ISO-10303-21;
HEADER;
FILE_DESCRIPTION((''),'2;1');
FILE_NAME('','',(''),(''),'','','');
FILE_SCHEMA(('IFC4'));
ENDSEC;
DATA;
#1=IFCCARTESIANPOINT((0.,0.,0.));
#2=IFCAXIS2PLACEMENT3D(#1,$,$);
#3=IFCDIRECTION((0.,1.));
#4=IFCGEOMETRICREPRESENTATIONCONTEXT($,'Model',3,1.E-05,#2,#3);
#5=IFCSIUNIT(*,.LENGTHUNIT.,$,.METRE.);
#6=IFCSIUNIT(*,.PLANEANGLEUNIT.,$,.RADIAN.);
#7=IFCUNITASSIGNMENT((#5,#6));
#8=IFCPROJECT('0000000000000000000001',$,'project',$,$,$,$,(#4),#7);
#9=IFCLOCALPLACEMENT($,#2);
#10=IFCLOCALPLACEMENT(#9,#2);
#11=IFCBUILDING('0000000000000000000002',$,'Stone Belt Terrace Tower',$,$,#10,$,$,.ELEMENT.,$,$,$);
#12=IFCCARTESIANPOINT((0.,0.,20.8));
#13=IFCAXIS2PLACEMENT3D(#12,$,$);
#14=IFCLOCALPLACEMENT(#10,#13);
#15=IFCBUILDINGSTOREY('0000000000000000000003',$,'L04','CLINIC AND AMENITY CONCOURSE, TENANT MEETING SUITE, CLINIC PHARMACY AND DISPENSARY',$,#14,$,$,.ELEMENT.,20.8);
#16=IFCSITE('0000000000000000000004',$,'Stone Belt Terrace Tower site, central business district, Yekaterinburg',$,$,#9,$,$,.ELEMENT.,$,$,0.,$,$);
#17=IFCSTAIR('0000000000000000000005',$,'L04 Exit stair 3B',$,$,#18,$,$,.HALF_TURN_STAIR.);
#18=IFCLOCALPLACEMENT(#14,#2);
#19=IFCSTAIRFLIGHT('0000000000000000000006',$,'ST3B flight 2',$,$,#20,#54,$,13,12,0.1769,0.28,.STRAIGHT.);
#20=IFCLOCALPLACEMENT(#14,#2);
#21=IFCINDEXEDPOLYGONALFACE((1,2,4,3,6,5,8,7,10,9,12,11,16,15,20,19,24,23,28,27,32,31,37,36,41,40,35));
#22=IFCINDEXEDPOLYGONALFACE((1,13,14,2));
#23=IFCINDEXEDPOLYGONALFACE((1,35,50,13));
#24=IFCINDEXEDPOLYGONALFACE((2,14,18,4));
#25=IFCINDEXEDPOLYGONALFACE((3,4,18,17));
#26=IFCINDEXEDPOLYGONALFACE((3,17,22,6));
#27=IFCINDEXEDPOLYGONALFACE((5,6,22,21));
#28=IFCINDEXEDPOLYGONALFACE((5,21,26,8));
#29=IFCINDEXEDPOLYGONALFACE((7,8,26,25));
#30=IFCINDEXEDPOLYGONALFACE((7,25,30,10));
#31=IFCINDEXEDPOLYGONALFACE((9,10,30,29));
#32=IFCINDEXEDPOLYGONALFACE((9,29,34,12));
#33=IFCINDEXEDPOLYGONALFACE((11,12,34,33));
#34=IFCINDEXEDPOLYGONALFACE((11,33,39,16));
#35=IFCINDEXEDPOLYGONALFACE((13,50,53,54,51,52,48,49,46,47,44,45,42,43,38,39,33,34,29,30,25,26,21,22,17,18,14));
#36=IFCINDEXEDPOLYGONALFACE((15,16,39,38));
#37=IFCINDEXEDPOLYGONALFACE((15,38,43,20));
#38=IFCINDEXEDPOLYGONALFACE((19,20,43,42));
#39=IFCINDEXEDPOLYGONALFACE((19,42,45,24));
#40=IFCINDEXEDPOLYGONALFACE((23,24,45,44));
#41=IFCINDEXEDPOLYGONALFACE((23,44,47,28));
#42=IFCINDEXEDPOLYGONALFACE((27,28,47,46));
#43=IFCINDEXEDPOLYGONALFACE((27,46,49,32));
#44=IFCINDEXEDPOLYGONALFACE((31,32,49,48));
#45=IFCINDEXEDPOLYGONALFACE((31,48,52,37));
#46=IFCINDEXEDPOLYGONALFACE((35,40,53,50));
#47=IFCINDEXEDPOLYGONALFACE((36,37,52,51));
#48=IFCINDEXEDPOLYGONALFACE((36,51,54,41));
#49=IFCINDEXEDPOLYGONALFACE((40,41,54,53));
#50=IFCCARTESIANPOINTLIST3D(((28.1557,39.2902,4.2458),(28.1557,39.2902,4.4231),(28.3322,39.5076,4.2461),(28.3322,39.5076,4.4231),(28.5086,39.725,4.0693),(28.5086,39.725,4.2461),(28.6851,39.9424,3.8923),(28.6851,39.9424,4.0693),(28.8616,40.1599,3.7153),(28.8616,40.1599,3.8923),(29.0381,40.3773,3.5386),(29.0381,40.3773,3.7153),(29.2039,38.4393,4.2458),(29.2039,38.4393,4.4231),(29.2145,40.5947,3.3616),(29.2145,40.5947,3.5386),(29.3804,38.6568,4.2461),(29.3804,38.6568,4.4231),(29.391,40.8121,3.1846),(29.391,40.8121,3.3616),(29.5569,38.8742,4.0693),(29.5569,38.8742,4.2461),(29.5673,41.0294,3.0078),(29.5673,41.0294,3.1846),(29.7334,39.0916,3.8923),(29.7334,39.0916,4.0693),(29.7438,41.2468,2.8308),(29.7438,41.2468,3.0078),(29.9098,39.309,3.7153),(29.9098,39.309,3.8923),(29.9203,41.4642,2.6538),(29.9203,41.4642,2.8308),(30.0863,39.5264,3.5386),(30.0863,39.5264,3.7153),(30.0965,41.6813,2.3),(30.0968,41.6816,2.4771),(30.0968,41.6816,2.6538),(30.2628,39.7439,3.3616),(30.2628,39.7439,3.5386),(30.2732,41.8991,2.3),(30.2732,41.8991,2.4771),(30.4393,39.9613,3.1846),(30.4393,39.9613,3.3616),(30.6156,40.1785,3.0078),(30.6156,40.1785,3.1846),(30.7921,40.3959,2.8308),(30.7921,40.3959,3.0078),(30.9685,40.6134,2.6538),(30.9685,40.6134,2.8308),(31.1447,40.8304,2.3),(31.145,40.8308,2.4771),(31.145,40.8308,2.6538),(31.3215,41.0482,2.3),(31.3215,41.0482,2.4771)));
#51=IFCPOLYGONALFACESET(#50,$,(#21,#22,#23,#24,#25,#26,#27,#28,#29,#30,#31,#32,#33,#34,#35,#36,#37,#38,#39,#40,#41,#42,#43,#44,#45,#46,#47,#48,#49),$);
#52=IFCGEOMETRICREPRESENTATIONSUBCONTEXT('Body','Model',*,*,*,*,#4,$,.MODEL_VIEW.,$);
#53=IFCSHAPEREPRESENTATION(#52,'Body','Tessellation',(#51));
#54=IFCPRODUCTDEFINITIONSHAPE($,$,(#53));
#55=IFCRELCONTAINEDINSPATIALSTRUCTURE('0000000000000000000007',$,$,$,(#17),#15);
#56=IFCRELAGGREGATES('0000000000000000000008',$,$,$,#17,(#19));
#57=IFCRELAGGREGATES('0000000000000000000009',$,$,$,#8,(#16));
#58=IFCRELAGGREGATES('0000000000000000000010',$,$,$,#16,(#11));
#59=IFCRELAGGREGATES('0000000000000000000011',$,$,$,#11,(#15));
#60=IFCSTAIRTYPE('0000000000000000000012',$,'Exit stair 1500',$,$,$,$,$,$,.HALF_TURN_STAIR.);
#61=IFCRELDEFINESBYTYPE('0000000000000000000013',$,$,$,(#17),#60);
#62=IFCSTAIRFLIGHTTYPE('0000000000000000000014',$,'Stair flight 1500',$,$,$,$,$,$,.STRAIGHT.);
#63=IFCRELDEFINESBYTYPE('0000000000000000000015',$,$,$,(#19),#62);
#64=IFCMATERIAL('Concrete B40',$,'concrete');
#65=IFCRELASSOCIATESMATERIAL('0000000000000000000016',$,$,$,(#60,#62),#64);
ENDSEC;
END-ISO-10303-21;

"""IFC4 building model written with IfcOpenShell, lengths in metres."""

from ifc_helpers import new_model, si_unit, direction, frame, origin, place, context, subcontext, project, spatial, polyline, outline, extrude, material, type_object, element, aggregate, save


model = new_model("IFC4")

# Units and contexts
model_context = context("Model", 3, precision=1e-05, world=origin(), true_north=direction((0.0, 1.0)))
body_context = subcontext(model_context, "Body", "Model", "MODEL_VIEW")
ifc_project = project(units=[si_unit("LENGTHUNIT", "METRE"), si_unit("PLANEANGLEUNIT", "RADIAN")], contexts=[model_context])

# Site, building, storey
site_placement = place(None, origin())
site = spatial("IfcSite", under=ifc_project, at=site_placement, Name="Stone Belt Terrace Tower site, central business district, Yekaterinburg", CompositionType="ELEMENT", RefElevation=0.0)
building_placement = place(site_placement, origin())
building = spatial("IfcBuilding", under=site, at=building_placement, Name="Stone Belt Terrace Tower", CompositionType="ELEMENT")
storey_placement = place(building_placement, frame((0.0, 0.0, 20.8)))
storey = spatial("IfcBuildingStorey", under=building, at=storey_placement, Name="L04", Description="CLINIC AND AMENITY CONCOURSE, TENANT MEETING SUITE, CLINIC PHARMACY AND DISPENSARY", CompositionType="ELEMENT", Elevation=20.8)

# Shared definitions
ifc_material_1 = material(Name="Concrete B40", Category="concrete")
stair_type = type_object("IfcStairType", Name="Exit stair 1500", PredefinedType="HALF_TURN_STAIR", material=ifc_material_1)
stair_flight_type = type_object("IfcStairFlightType", Name="Stair flight 1500", PredefinedType="STRAIGHT", material=ifc_material_1)

# Stair, stair flight
stair_1_placement = place(storey_placement, origin())
stair_1 = element("IfcStair", 1, at=stair_1_placement, inside=storey, type_object=stair_type, Name="L04 Exit stair 3B", PredefinedType="HALF_TURN_STAIR")
stair_flight_1_placement = place(storey_placement, frame((30.7974, 41.4736, 2.3), z_axis=(0.0, 0.0, 1.0), x_axis=(-0.630206, -0.776428, 0.0)))
stair_flight_1 = element("IfcStairFlight", 2, at=stair_flight_1_placement, type_object=stair_flight_type, Name="ST3B flight 2", NumberOfRisers=13, NumberOfTreads=12, PredefinedType="STRAIGHT", RiserHeight=0.1769, TreadLength=0.28, context=body_context, shape_type="SweptSolid", body=[
    extrude(outline(polyline([(0.0, 0.0), (0.0, 0.177), (0.28, 0.177), (0.28, 0.3538), (0.5601, 0.3538), (0.5601, 0.5308), (0.8401, 0.5308), (0.8401, 0.7078), (1.1201, 0.7078), (1.1201, 0.8845), (1.3999, 0.8845), (1.3999, 1.0615), (1.6799, 1.0615), (1.6799, 1.2385), (1.96, 1.2385), (1.96, 1.4153), (2.24, 1.4153), (2.24, 1.5923), (2.52, 1.5923), (2.52, 1.7693), (2.8, 1.7693), (2.8, 1.946), (3.0801, 1.946), (3.0801, 2.123), (3.3601, 2.123), (3.3601, 2.3), (3.3601, 1.9458), (0.2805, 0.0), (0.0, 0.0)])), frame((0.0, 0.675, 0.0), z_axis=(0.0, -1.0, 0.0), x_axis=(1.0, 0.0, 0.0)), (0.0, 0.0, 1.0), 1.3501),
])
aggregate(stair_1, [stair_flight_1])

save(model, "model.ifc")
